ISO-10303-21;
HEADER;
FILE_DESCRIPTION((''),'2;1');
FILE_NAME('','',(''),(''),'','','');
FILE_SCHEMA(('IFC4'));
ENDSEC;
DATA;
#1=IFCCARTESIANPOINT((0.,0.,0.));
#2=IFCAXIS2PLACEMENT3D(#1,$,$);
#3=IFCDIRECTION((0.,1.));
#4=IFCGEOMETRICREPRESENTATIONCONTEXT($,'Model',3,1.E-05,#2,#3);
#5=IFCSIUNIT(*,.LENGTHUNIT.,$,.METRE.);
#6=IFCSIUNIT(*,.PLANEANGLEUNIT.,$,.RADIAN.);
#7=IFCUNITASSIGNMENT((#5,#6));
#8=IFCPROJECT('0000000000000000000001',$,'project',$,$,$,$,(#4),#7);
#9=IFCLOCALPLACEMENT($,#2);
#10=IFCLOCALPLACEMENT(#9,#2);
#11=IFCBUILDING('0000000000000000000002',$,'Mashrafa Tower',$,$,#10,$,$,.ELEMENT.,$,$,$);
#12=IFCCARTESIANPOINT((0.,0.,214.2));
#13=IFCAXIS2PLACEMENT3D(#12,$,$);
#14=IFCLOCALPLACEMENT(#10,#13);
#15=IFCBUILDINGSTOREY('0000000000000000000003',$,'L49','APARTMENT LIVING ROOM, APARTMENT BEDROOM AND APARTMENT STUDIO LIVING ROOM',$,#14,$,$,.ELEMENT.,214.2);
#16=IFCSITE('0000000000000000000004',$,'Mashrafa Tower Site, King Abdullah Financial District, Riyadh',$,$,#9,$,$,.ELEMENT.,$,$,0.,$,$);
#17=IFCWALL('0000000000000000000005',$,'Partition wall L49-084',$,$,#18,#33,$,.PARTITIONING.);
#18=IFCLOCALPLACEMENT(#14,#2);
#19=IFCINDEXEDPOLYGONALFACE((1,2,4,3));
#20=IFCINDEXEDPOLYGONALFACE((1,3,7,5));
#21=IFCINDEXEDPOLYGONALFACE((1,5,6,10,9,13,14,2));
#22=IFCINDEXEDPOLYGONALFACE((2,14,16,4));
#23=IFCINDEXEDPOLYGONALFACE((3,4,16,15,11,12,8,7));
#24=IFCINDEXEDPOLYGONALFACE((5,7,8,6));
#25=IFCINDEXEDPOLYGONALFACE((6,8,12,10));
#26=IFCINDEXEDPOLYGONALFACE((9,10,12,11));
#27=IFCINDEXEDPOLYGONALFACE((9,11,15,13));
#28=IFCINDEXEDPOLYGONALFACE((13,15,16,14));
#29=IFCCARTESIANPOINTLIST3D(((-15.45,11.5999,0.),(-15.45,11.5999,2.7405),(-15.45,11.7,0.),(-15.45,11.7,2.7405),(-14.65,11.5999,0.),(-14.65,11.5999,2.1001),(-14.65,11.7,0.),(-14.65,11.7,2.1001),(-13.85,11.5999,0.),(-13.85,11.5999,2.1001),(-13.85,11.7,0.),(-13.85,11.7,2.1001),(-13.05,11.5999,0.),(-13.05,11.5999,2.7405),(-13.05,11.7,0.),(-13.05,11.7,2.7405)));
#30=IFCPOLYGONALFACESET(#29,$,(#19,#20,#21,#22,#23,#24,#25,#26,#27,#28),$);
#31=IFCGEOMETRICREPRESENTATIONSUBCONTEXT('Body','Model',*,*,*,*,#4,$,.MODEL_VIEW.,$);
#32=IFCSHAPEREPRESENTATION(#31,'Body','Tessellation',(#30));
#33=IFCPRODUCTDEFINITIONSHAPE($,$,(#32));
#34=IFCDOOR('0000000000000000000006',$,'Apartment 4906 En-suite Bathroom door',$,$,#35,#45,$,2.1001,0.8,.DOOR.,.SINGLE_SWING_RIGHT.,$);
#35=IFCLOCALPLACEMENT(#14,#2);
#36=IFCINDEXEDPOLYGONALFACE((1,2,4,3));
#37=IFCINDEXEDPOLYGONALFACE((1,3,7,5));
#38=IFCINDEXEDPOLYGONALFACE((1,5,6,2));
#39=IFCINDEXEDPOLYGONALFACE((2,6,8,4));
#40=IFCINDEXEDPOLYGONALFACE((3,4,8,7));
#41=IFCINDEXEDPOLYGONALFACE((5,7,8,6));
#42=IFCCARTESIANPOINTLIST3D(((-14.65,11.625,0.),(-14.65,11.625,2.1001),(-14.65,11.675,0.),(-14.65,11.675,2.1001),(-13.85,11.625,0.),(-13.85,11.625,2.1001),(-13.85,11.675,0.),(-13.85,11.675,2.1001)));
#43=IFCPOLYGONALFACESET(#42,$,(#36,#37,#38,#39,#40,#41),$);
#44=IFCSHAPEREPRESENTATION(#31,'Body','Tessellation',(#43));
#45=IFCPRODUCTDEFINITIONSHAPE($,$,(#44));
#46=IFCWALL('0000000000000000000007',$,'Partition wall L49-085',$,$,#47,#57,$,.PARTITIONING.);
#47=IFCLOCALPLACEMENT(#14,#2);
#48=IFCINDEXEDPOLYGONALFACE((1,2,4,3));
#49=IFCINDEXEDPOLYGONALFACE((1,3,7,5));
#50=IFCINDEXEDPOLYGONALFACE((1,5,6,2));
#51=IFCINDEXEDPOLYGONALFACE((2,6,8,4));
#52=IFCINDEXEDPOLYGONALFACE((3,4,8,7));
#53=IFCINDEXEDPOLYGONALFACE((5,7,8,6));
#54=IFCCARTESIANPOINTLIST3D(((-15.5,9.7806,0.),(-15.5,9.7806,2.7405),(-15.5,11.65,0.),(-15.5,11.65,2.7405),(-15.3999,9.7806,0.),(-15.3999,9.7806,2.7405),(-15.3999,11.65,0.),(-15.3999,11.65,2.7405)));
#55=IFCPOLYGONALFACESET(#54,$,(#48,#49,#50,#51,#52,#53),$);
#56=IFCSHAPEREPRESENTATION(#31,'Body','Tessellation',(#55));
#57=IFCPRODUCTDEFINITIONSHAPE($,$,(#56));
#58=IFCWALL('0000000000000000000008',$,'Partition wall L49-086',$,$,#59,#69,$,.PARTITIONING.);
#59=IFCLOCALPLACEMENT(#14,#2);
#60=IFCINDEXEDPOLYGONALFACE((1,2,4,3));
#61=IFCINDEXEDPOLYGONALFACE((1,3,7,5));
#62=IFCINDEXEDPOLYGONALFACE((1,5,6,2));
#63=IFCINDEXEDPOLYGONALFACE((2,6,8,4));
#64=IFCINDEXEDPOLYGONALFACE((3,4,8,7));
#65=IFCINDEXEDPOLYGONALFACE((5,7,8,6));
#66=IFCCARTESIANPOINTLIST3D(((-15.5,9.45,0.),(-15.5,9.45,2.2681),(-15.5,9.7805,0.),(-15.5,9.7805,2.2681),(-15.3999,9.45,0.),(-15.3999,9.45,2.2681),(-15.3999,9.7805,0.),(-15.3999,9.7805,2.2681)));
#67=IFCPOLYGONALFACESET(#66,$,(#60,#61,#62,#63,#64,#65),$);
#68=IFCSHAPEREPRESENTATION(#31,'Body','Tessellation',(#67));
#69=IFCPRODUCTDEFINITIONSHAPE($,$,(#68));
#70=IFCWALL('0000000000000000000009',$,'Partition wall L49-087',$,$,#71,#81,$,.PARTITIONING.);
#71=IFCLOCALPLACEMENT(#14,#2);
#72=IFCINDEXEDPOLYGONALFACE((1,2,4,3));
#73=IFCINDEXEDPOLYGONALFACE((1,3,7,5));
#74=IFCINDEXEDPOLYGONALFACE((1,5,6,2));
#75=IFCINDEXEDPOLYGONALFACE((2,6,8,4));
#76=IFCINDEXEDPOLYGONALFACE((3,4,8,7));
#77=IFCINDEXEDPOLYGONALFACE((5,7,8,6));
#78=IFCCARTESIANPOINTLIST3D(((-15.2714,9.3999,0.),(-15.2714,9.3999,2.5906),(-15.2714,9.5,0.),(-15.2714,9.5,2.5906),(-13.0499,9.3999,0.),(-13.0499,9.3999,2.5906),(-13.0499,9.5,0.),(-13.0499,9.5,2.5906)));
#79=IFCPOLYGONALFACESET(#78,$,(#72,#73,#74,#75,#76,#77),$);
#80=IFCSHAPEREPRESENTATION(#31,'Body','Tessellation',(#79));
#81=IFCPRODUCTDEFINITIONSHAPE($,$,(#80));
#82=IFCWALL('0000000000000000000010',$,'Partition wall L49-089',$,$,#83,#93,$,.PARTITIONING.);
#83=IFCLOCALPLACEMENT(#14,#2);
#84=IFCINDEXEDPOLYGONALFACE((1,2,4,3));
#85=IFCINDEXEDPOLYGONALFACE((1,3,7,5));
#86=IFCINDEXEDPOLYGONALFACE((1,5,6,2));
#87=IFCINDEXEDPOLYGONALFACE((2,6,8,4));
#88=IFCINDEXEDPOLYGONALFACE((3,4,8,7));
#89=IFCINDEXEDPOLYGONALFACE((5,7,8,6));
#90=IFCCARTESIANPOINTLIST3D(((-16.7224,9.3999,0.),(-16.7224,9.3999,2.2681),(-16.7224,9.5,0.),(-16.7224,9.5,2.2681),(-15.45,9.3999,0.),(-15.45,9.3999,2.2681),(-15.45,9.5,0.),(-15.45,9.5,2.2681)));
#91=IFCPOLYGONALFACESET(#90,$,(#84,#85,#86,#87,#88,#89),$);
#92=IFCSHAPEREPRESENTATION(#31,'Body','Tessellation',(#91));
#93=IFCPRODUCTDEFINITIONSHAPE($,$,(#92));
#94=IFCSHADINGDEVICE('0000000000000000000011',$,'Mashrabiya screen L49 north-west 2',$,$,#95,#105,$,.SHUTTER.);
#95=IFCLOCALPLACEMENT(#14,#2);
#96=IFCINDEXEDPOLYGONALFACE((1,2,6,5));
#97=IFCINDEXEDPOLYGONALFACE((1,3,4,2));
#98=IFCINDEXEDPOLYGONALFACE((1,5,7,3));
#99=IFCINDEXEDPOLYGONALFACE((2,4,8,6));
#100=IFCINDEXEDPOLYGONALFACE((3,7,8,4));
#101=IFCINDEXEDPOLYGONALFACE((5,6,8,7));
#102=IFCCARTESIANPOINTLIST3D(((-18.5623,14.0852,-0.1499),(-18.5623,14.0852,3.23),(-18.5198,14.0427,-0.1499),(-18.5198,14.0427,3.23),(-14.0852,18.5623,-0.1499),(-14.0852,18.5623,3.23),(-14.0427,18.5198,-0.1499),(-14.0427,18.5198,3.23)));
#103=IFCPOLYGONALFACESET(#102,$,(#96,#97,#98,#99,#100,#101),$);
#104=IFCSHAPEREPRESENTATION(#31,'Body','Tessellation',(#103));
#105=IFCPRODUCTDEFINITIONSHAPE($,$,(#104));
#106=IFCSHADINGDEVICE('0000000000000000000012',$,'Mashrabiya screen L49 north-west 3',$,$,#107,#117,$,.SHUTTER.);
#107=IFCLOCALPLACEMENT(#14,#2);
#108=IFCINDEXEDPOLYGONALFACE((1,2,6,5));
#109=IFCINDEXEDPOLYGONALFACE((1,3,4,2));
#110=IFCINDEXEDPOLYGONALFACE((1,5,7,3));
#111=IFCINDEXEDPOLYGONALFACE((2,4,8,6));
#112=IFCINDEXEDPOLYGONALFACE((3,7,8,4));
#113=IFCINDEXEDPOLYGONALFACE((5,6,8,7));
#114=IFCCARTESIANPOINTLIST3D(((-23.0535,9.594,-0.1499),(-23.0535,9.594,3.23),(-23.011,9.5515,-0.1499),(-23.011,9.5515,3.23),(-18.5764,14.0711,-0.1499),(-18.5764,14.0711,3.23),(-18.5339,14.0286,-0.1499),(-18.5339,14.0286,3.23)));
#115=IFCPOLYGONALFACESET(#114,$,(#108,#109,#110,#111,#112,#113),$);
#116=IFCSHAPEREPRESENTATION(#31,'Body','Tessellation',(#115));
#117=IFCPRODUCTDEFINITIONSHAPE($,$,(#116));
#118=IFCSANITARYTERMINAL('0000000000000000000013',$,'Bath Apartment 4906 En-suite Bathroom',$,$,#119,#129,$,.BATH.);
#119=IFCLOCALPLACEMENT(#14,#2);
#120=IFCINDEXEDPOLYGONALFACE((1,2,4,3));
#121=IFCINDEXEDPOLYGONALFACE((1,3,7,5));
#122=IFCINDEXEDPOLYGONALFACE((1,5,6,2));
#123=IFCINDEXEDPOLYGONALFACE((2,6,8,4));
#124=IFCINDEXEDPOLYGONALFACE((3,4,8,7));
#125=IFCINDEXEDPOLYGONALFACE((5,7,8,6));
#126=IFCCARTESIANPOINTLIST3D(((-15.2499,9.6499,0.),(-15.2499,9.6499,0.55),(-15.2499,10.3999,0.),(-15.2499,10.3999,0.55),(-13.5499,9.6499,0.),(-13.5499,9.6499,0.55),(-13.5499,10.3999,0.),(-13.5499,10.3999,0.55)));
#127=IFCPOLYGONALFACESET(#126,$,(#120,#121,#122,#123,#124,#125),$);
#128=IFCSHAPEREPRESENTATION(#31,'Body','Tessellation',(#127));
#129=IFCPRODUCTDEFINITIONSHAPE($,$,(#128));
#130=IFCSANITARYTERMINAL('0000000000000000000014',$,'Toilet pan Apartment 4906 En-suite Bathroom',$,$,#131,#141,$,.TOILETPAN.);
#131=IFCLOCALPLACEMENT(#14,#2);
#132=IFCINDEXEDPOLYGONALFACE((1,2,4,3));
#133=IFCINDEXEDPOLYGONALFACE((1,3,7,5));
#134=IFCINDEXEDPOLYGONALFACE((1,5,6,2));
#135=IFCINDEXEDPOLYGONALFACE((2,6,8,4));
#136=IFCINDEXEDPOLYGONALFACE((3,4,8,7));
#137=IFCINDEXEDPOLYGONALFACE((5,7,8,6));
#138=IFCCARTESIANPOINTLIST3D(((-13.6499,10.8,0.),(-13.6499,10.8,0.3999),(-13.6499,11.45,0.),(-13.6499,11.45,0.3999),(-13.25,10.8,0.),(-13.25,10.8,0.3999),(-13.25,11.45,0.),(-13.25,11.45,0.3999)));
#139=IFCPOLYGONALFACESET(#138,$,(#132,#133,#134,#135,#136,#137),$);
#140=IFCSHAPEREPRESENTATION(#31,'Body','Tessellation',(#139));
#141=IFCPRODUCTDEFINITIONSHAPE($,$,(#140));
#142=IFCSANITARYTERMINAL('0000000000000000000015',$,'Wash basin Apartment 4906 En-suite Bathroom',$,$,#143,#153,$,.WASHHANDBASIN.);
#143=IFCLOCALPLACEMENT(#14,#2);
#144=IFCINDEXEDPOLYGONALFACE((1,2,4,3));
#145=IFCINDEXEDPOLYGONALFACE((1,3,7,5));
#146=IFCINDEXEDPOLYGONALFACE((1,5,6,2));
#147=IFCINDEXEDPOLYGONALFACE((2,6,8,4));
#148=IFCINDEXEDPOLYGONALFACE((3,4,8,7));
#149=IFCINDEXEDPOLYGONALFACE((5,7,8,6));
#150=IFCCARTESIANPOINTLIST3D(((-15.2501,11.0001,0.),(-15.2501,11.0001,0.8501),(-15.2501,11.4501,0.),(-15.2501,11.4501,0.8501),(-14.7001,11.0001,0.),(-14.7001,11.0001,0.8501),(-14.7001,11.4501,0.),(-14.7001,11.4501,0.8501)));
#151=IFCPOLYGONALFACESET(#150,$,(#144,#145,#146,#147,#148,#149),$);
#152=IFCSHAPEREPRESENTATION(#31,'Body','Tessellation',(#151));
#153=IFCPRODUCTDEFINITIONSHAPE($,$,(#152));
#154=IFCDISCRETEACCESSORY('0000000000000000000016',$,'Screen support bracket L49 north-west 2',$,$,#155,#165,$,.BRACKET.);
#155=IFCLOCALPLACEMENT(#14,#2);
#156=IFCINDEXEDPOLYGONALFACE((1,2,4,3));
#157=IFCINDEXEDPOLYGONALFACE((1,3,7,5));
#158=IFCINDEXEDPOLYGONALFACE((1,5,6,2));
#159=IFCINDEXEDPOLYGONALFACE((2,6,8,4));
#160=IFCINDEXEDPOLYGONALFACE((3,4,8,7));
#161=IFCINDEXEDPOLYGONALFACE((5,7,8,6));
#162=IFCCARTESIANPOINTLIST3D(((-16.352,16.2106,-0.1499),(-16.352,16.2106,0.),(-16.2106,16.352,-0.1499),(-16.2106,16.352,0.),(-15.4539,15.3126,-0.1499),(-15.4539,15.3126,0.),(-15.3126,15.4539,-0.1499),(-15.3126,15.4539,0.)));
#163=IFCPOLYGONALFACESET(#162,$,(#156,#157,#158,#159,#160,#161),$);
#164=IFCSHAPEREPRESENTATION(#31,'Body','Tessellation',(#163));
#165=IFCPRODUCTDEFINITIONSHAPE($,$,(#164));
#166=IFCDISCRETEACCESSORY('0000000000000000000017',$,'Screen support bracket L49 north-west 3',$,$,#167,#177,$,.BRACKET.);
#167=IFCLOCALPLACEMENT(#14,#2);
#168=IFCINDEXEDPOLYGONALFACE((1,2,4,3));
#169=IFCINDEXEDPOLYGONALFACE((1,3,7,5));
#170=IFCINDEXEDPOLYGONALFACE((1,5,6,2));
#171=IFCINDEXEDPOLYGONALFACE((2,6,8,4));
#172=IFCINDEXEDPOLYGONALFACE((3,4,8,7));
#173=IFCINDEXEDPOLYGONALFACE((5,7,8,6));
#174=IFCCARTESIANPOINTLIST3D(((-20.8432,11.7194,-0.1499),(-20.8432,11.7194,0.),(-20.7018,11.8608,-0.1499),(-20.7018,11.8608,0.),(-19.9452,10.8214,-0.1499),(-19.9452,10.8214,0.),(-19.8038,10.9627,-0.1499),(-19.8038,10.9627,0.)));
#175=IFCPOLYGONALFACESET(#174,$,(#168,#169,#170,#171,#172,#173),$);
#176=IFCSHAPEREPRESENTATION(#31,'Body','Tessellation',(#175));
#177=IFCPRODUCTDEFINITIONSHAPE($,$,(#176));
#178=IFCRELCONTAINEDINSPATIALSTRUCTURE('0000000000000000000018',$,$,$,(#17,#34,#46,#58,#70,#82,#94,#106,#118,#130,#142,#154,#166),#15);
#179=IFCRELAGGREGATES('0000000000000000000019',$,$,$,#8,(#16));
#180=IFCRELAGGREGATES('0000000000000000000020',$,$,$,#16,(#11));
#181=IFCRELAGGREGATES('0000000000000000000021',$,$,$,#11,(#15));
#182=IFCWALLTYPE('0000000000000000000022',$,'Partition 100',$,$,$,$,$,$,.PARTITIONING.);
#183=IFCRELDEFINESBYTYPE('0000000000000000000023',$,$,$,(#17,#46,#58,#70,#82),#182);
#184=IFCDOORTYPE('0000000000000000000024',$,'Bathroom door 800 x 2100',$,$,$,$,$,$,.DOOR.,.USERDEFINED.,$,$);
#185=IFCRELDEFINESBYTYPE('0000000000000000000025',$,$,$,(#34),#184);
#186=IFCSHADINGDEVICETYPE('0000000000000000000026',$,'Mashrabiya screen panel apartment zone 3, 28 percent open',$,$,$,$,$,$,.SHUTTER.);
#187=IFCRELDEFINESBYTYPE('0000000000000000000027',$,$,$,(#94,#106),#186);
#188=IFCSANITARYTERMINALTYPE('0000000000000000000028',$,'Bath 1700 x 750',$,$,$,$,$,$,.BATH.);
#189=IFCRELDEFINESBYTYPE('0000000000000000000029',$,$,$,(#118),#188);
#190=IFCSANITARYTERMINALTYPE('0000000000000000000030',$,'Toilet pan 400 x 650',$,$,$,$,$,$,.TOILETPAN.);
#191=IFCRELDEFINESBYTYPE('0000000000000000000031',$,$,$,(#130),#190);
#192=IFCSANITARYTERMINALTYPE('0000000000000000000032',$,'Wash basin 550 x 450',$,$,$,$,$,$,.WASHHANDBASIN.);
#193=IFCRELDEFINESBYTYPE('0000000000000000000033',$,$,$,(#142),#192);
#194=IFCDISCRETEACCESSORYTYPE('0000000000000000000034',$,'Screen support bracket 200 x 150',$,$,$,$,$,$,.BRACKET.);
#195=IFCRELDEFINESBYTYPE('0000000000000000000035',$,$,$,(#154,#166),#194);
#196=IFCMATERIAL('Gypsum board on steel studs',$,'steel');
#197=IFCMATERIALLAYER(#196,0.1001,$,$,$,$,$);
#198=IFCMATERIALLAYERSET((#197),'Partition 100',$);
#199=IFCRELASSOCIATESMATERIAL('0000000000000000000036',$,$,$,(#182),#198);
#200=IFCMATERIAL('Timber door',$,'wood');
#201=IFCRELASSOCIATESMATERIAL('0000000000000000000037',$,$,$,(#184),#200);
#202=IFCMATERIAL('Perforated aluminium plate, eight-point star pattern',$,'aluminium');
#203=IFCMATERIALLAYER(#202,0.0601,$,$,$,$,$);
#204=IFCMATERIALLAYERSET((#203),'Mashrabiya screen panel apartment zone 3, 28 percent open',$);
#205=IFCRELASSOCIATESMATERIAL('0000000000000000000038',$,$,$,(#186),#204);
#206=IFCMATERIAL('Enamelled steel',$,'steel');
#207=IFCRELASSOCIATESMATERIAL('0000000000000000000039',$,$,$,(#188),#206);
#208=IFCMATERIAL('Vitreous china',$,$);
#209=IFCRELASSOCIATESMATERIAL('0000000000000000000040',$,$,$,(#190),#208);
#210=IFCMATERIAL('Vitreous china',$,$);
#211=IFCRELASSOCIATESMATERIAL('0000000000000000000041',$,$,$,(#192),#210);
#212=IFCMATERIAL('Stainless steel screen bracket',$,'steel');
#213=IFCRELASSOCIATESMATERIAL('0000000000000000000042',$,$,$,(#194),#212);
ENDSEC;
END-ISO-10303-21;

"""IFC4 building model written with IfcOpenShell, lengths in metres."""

from ifc_helpers import new_model, si_unit, direction, frame, frame_2d, origin, origin_2d, place, context, subcontext, project, spatial, rectangle, extrude, source, transform, mapped, material, layer, layer_set, type_object, type_shapes, element, fill, save


model = new_model("IFC4")

# Units and contexts
model_context = context("Model", 3, precision=1e-05, world=origin(), true_north=direction((0.0, 1.0)))
body_context = subcontext(model_context, "Body", "Model", "MODEL_VIEW")
ifc_project = project(units=[si_unit("LENGTHUNIT", "METRE"), si_unit("PLANEANGLEUNIT", "RADIAN")], contexts=[model_context])

# Site, building, storey
site_placement = place(None, origin())
site = spatial("IfcSite", under=ifc_project, at=site_placement, Name="Mashrafa Tower Site, King Abdullah Financial District, Riyadh", CompositionType="ELEMENT", RefElevation=0.0)
building_placement = place(site_placement, origin())
building = spatial("IfcBuilding", under=site, at=building_placement, Name="Mashrafa Tower", CompositionType="ELEMENT")
storey_placement = place(building_placement, frame((0.0, 0.0, 214.2)))
storey = spatial("IfcBuildingStorey", under=building, at=storey_placement, Name="L49", Description="APARTMENT LIVING ROOM, APARTMENT BEDROOM AND APARTMENT STUDIO LIVING ROOM", CompositionType="ELEMENT", Elevation=214.2)

# Wall, opening, door
ifc_material_1 = material(Name="Gypsum board on steel studs", Category="steel")
ifc_layer_1 = layer(ifc_material_1, 0.1001)
ifc_layer_set_1 = layer_set([ifc_layer_1], Name="Partition 100")
wall_type_1 = type_object("IfcWallType", Name="Partition 100", PredefinedType="PARTITIONING", material=ifc_layer_set_1)
wall_1_placement = place(storey_placement, frame((-13.05, 11.6499, 0.0), z_axis=(0.0, 0.0, 1.0), x_axis=(-1.0, 0.0, 0.0)))
wall_1 = element("IfcWall", 1, at=wall_1_placement, inside=storey, type_object=wall_type_1, Name="Partition wall L49-084", PredefinedType="PARTITIONING", context=body_context, shape_type="SweptSolid", body=[
    extrude(rectangle(XDim=2.3999, YDim=0.1001, at=frame_2d((1.2, 0.0))), origin(), (0.0, 0.0, 1.0), 2.7405),
])
opening_placement = place(wall_1_placement, frame((0.8, 0.0, 0.0)))
opening = element("IfcOpeningElement", 2, at=opening_placement, cuts=wall_1, PredefinedType="OPENING", context=body_context, shape_type="SweptSolid", body=[
    extrude(rectangle(XDim=0.8, YDim=2.1001, at=frame_2d((0.3999, 1.05))), frame((0.0, 0.0601, 0.0), z_axis=(0.0, -1.0, 0.0), x_axis=(1.0, 0.0, 0.0)), (0.0, 0.0, 1.0), 0.1201),
])
ifc_material_2 = material(Name="Timber door", Category="wood")
door_type = type_object("IfcDoorType", Name="Bathroom door 800 x 2100", OperationType="USERDEFINED", PredefinedType="DOOR", material=ifc_material_2)
door_placement = place(opening_placement, origin())
door = element("IfcDoor", 3, at=door_placement, inside=storey, type_object=door_type, Name="Apartment 4906 En-suite Bathroom door", OperationType="SINGLE_SWING_RIGHT", OverallHeight=2.1001, OverallWidth=0.8, PredefinedType="DOOR", context=body_context, shape_type="SweptSolid", body=[
    extrude(rectangle(XDim=0.8, YDim=2.1001, at=frame_2d((0.3999, 1.05))), frame((0.0, 0.0249, 0.0), z_axis=(0.0, -1.0, 0.0), x_axis=(1.0, 0.0, 0.0)), (0.0, 0.0, 1.0), 0.05),
])
fill(opening, door)

# Walls
wall_2_placement = place(storey_placement, frame((-15.45, 11.6499, 0.0), z_axis=(0.0, 0.0, 1.0), x_axis=(0.0, -1.0, 0.0)))
element("IfcWall", 4, at=wall_2_placement, inside=storey, type_object=wall_type_1, Name="Partition wall L49-085", PredefinedType="PARTITIONING", context=body_context, shape_type="SweptSolid", body=[
    extrude(rectangle(XDim=1.8694, YDim=0.1001, at=frame_2d((0.9346, 0.0))), origin(), (0.0, 0.0, 1.0), 2.7405),
])
wall_3_placement = place(storey_placement, frame((-15.45, 9.7805, 0.0), z_axis=(0.0, 0.0, 1.0), x_axis=(0.0, -1.0, 0.0)))
element("IfcWall", 5, at=wall_3_placement, inside=storey, type_object=wall_type_1, Name="Partition wall L49-086", PredefinedType="PARTITIONING", context=body_context, shape_type="SweptSolid", body=[
    extrude(rectangle(XDim=0.3306, YDim=0.1001, at=frame_2d((0.1653, 0.0))), origin(), (0.0, 0.0, 1.0), 2.2681),
])
wall_4_placement = place(storey_placement, frame((-15.2715, 9.45, 0.0), z_axis=(0.0, 0.0, 1.0), x_axis=(1.0, 0.0, 0.0)))
element("IfcWall", 6, at=wall_4_placement, inside=storey, type_object=wall_type_1, Name="Partition wall L49-087", PredefinedType="PARTITIONING", context=body_context, shape_type="SweptSolid", body=[
    extrude(rectangle(XDim=2.2214, YDim=0.1001, at=frame_2d((1.1108, 0.0))), origin(), (0.0, 0.0, 1.0), 2.5906),
])
wall_5_placement = place(storey_placement, frame((-16.7224, 9.45, 0.0), z_axis=(0.0, 0.0, 1.0), x_axis=(1.0, 0.0, 0.0)))
element("IfcWall", 7, at=wall_5_placement, inside=storey, type_object=wall_type_1, Name="Partition wall L49-089", PredefinedType="PARTITIONING", context=body_context, shape_type="SweptSolid", body=[
    extrude(rectangle(XDim=1.2725, YDim=0.1001, at=frame_2d((0.6362, 0.0))), origin(), (0.0, 0.0, 1.0), 2.2681),
])

# Shading devices
ifc_material_3 = material(Name="Perforated aluminium plate, eight-point star pattern", Category="aluminium")
ifc_layer_2 = layer(ifc_material_3, 0.0601)
ifc_layer_set_2 = layer_set([ifc_layer_2], Name="Mashrabiya screen panel apartment zone 3, 28 percent open")
shading_device_type = type_object("IfcShadingDeviceType", Name="Mashrabiya screen panel apartment zone 3, 28 percent open", PredefinedType="SHUTTER", material=ifc_layer_set_2)
shared_shape_1 = source(origin(), body_context, "Body", "SweptSolid", [
    extrude(rectangle(XDim=6.3315, YDim=0.0601, at=origin_2d()), origin(), (0.0, 0.0, 1.0), 3.3799),
])
type_shapes(shading_device_type, [shared_shape_1])
for number, where, z_axis, x_axis, name in (
    (8, (-16.3025, 16.3025, -0.1499), (0.0, 0.0, 1.0), (-0.707107, -0.707107, 0.0), "Mashrabiya screen L49 north-west 2"),
    (9, (-20.7937, 11.8113, -0.1499), (0.0, 0.0, 1.0), (-0.707107, -0.707107, 0.0), "Mashrabiya screen L49 north-west 3"),
):
    element("IfcShadingDevice", number, at=place(storey_placement, frame(where, z_axis=z_axis, x_axis=x_axis)), inside=storey, type_object=shading_device_type, Name=name, PredefinedType="SHUTTER", context=body_context, shape_type="MappedRepresentation", body=[
        mapped(shared_shape_1, transform((0.0, 0.0, 0.0))),
    ])

# Sanitary terminals
ifc_material_4 = material(Name="Enamelled steel", Category="steel")
sanitary_terminal_type_1 = type_object("IfcSanitaryTerminalType", Name="Bath 1700 x 750", PredefinedType="BATH", material=ifc_material_4)
sanitary_terminal_1_placement = place(storey_placement, frame((-14.3999, 10.0249, 0.0), z_axis=(0.0, 0.0, 1.0), x_axis=(1.0, 0.0, 0.0)))
element("IfcSanitaryTerminal", 10, at=sanitary_terminal_1_placement, inside=storey, type_object=sanitary_terminal_type_1, Name="Bath Apartment 4906 En-suite Bathroom", PredefinedType="BATH", context=body_context, shape_type="SweptSolid", body=[
    extrude(rectangle(XDim=1.7, YDim=0.75, at=origin_2d()), origin(), (0.0, 0.0, 1.0), 0.55),
])
ifc_material_5 = material(Name="Vitreous china")
sanitary_terminal_type_2 = type_object("IfcSanitaryTerminalType", Name="Toilet pan 400 x 650", PredefinedType="TOILETPAN", material=ifc_material_5)
sanitary_terminal_2_placement = place(storey_placement, frame((-13.45, 11.125, 0.0), z_axis=(0.0, 0.0, 1.0), x_axis=(-1.0, 0.0, 0.0)))
element("IfcSanitaryTerminal", 11, at=sanitary_terminal_2_placement, inside=storey, type_object=sanitary_terminal_type_2, Name="Toilet pan Apartment 4906 En-suite Bathroom", PredefinedType="TOILETPAN", context=body_context, shape_type="SweptSolid", body=[
    extrude(rectangle(XDim=0.3999, YDim=0.6499, at=origin_2d()), origin(), (0.0, 0.0, 1.0), 0.3999),
])
ifc_material_6 = material(Name="Vitreous china")
sanitary_terminal_type_3 = type_object("IfcSanitaryTerminalType", Name="Wash basin 550 x 450", PredefinedType="WASHHANDBASIN", material=ifc_material_6)
sanitary_terminal_3_placement = place(storey_placement, frame((-14.9751, 11.2251, 0.0), z_axis=(0.0, 0.0, 1.0), x_axis=(-1.0, 0.0, 0.0)))
element("IfcSanitaryTerminal", 12, at=sanitary_terminal_3_placement, inside=storey, type_object=sanitary_terminal_type_3, Name="Wash basin Apartment 4906 En-suite Bathroom", PredefinedType="WASHHANDBASIN", context=body_context, shape_type="SweptSolid", body=[
    extrude(rectangle(XDim=0.55, YDim=0.45, at=origin_2d()), origin(), (0.0, 0.0, 1.0), 0.8501),
])

# Discrete accessories
ifc_material_7 = material(Name="Stainless steel screen bracket", Category="steel")
discrete_accessory_type = type_object("IfcDiscreteAccessoryType", Name="Screen support bracket 200 x 150", PredefinedType="BRACKET", material=ifc_material_7)
shared_shape_2 = source(origin(), body_context, "Body", "SweptSolid", [
    extrude(rectangle(XDim=0.2, YDim=1.27, at=origin_2d()), origin(), (0.0, 0.0, 1.0), 0.1499),
])
type_shapes(discrete_accessory_type, [shared_shape_2])
for number, where, z_axis, x_axis, name in (
    (13, (-15.8323, 15.8323, -0.1499), (0.0, 0.0, 1.0), (-0.707107, -0.707107, 0.0), "Screen support bracket L49 north-west 2"),
    (14, (-20.3235, 11.3411, -0.1499), (0.0, 0.0, 1.0), (-0.707107, -0.707107, 0.0), "Screen support bracket L49 north-west 3"),
):
    element("IfcDiscreteAccessory", number, at=place(storey_placement, frame(where, z_axis=z_axis, x_axis=x_axis)), inside=storey, type_object=discrete_accessory_type, Name=name, PredefinedType="BRACKET", context=body_context, shape_type="MappedRepresentation", body=[
        mapped(shared_shape_2, transform((0.0, 0.0, 0.0))),
    ])

save(model, "model.ifc")
